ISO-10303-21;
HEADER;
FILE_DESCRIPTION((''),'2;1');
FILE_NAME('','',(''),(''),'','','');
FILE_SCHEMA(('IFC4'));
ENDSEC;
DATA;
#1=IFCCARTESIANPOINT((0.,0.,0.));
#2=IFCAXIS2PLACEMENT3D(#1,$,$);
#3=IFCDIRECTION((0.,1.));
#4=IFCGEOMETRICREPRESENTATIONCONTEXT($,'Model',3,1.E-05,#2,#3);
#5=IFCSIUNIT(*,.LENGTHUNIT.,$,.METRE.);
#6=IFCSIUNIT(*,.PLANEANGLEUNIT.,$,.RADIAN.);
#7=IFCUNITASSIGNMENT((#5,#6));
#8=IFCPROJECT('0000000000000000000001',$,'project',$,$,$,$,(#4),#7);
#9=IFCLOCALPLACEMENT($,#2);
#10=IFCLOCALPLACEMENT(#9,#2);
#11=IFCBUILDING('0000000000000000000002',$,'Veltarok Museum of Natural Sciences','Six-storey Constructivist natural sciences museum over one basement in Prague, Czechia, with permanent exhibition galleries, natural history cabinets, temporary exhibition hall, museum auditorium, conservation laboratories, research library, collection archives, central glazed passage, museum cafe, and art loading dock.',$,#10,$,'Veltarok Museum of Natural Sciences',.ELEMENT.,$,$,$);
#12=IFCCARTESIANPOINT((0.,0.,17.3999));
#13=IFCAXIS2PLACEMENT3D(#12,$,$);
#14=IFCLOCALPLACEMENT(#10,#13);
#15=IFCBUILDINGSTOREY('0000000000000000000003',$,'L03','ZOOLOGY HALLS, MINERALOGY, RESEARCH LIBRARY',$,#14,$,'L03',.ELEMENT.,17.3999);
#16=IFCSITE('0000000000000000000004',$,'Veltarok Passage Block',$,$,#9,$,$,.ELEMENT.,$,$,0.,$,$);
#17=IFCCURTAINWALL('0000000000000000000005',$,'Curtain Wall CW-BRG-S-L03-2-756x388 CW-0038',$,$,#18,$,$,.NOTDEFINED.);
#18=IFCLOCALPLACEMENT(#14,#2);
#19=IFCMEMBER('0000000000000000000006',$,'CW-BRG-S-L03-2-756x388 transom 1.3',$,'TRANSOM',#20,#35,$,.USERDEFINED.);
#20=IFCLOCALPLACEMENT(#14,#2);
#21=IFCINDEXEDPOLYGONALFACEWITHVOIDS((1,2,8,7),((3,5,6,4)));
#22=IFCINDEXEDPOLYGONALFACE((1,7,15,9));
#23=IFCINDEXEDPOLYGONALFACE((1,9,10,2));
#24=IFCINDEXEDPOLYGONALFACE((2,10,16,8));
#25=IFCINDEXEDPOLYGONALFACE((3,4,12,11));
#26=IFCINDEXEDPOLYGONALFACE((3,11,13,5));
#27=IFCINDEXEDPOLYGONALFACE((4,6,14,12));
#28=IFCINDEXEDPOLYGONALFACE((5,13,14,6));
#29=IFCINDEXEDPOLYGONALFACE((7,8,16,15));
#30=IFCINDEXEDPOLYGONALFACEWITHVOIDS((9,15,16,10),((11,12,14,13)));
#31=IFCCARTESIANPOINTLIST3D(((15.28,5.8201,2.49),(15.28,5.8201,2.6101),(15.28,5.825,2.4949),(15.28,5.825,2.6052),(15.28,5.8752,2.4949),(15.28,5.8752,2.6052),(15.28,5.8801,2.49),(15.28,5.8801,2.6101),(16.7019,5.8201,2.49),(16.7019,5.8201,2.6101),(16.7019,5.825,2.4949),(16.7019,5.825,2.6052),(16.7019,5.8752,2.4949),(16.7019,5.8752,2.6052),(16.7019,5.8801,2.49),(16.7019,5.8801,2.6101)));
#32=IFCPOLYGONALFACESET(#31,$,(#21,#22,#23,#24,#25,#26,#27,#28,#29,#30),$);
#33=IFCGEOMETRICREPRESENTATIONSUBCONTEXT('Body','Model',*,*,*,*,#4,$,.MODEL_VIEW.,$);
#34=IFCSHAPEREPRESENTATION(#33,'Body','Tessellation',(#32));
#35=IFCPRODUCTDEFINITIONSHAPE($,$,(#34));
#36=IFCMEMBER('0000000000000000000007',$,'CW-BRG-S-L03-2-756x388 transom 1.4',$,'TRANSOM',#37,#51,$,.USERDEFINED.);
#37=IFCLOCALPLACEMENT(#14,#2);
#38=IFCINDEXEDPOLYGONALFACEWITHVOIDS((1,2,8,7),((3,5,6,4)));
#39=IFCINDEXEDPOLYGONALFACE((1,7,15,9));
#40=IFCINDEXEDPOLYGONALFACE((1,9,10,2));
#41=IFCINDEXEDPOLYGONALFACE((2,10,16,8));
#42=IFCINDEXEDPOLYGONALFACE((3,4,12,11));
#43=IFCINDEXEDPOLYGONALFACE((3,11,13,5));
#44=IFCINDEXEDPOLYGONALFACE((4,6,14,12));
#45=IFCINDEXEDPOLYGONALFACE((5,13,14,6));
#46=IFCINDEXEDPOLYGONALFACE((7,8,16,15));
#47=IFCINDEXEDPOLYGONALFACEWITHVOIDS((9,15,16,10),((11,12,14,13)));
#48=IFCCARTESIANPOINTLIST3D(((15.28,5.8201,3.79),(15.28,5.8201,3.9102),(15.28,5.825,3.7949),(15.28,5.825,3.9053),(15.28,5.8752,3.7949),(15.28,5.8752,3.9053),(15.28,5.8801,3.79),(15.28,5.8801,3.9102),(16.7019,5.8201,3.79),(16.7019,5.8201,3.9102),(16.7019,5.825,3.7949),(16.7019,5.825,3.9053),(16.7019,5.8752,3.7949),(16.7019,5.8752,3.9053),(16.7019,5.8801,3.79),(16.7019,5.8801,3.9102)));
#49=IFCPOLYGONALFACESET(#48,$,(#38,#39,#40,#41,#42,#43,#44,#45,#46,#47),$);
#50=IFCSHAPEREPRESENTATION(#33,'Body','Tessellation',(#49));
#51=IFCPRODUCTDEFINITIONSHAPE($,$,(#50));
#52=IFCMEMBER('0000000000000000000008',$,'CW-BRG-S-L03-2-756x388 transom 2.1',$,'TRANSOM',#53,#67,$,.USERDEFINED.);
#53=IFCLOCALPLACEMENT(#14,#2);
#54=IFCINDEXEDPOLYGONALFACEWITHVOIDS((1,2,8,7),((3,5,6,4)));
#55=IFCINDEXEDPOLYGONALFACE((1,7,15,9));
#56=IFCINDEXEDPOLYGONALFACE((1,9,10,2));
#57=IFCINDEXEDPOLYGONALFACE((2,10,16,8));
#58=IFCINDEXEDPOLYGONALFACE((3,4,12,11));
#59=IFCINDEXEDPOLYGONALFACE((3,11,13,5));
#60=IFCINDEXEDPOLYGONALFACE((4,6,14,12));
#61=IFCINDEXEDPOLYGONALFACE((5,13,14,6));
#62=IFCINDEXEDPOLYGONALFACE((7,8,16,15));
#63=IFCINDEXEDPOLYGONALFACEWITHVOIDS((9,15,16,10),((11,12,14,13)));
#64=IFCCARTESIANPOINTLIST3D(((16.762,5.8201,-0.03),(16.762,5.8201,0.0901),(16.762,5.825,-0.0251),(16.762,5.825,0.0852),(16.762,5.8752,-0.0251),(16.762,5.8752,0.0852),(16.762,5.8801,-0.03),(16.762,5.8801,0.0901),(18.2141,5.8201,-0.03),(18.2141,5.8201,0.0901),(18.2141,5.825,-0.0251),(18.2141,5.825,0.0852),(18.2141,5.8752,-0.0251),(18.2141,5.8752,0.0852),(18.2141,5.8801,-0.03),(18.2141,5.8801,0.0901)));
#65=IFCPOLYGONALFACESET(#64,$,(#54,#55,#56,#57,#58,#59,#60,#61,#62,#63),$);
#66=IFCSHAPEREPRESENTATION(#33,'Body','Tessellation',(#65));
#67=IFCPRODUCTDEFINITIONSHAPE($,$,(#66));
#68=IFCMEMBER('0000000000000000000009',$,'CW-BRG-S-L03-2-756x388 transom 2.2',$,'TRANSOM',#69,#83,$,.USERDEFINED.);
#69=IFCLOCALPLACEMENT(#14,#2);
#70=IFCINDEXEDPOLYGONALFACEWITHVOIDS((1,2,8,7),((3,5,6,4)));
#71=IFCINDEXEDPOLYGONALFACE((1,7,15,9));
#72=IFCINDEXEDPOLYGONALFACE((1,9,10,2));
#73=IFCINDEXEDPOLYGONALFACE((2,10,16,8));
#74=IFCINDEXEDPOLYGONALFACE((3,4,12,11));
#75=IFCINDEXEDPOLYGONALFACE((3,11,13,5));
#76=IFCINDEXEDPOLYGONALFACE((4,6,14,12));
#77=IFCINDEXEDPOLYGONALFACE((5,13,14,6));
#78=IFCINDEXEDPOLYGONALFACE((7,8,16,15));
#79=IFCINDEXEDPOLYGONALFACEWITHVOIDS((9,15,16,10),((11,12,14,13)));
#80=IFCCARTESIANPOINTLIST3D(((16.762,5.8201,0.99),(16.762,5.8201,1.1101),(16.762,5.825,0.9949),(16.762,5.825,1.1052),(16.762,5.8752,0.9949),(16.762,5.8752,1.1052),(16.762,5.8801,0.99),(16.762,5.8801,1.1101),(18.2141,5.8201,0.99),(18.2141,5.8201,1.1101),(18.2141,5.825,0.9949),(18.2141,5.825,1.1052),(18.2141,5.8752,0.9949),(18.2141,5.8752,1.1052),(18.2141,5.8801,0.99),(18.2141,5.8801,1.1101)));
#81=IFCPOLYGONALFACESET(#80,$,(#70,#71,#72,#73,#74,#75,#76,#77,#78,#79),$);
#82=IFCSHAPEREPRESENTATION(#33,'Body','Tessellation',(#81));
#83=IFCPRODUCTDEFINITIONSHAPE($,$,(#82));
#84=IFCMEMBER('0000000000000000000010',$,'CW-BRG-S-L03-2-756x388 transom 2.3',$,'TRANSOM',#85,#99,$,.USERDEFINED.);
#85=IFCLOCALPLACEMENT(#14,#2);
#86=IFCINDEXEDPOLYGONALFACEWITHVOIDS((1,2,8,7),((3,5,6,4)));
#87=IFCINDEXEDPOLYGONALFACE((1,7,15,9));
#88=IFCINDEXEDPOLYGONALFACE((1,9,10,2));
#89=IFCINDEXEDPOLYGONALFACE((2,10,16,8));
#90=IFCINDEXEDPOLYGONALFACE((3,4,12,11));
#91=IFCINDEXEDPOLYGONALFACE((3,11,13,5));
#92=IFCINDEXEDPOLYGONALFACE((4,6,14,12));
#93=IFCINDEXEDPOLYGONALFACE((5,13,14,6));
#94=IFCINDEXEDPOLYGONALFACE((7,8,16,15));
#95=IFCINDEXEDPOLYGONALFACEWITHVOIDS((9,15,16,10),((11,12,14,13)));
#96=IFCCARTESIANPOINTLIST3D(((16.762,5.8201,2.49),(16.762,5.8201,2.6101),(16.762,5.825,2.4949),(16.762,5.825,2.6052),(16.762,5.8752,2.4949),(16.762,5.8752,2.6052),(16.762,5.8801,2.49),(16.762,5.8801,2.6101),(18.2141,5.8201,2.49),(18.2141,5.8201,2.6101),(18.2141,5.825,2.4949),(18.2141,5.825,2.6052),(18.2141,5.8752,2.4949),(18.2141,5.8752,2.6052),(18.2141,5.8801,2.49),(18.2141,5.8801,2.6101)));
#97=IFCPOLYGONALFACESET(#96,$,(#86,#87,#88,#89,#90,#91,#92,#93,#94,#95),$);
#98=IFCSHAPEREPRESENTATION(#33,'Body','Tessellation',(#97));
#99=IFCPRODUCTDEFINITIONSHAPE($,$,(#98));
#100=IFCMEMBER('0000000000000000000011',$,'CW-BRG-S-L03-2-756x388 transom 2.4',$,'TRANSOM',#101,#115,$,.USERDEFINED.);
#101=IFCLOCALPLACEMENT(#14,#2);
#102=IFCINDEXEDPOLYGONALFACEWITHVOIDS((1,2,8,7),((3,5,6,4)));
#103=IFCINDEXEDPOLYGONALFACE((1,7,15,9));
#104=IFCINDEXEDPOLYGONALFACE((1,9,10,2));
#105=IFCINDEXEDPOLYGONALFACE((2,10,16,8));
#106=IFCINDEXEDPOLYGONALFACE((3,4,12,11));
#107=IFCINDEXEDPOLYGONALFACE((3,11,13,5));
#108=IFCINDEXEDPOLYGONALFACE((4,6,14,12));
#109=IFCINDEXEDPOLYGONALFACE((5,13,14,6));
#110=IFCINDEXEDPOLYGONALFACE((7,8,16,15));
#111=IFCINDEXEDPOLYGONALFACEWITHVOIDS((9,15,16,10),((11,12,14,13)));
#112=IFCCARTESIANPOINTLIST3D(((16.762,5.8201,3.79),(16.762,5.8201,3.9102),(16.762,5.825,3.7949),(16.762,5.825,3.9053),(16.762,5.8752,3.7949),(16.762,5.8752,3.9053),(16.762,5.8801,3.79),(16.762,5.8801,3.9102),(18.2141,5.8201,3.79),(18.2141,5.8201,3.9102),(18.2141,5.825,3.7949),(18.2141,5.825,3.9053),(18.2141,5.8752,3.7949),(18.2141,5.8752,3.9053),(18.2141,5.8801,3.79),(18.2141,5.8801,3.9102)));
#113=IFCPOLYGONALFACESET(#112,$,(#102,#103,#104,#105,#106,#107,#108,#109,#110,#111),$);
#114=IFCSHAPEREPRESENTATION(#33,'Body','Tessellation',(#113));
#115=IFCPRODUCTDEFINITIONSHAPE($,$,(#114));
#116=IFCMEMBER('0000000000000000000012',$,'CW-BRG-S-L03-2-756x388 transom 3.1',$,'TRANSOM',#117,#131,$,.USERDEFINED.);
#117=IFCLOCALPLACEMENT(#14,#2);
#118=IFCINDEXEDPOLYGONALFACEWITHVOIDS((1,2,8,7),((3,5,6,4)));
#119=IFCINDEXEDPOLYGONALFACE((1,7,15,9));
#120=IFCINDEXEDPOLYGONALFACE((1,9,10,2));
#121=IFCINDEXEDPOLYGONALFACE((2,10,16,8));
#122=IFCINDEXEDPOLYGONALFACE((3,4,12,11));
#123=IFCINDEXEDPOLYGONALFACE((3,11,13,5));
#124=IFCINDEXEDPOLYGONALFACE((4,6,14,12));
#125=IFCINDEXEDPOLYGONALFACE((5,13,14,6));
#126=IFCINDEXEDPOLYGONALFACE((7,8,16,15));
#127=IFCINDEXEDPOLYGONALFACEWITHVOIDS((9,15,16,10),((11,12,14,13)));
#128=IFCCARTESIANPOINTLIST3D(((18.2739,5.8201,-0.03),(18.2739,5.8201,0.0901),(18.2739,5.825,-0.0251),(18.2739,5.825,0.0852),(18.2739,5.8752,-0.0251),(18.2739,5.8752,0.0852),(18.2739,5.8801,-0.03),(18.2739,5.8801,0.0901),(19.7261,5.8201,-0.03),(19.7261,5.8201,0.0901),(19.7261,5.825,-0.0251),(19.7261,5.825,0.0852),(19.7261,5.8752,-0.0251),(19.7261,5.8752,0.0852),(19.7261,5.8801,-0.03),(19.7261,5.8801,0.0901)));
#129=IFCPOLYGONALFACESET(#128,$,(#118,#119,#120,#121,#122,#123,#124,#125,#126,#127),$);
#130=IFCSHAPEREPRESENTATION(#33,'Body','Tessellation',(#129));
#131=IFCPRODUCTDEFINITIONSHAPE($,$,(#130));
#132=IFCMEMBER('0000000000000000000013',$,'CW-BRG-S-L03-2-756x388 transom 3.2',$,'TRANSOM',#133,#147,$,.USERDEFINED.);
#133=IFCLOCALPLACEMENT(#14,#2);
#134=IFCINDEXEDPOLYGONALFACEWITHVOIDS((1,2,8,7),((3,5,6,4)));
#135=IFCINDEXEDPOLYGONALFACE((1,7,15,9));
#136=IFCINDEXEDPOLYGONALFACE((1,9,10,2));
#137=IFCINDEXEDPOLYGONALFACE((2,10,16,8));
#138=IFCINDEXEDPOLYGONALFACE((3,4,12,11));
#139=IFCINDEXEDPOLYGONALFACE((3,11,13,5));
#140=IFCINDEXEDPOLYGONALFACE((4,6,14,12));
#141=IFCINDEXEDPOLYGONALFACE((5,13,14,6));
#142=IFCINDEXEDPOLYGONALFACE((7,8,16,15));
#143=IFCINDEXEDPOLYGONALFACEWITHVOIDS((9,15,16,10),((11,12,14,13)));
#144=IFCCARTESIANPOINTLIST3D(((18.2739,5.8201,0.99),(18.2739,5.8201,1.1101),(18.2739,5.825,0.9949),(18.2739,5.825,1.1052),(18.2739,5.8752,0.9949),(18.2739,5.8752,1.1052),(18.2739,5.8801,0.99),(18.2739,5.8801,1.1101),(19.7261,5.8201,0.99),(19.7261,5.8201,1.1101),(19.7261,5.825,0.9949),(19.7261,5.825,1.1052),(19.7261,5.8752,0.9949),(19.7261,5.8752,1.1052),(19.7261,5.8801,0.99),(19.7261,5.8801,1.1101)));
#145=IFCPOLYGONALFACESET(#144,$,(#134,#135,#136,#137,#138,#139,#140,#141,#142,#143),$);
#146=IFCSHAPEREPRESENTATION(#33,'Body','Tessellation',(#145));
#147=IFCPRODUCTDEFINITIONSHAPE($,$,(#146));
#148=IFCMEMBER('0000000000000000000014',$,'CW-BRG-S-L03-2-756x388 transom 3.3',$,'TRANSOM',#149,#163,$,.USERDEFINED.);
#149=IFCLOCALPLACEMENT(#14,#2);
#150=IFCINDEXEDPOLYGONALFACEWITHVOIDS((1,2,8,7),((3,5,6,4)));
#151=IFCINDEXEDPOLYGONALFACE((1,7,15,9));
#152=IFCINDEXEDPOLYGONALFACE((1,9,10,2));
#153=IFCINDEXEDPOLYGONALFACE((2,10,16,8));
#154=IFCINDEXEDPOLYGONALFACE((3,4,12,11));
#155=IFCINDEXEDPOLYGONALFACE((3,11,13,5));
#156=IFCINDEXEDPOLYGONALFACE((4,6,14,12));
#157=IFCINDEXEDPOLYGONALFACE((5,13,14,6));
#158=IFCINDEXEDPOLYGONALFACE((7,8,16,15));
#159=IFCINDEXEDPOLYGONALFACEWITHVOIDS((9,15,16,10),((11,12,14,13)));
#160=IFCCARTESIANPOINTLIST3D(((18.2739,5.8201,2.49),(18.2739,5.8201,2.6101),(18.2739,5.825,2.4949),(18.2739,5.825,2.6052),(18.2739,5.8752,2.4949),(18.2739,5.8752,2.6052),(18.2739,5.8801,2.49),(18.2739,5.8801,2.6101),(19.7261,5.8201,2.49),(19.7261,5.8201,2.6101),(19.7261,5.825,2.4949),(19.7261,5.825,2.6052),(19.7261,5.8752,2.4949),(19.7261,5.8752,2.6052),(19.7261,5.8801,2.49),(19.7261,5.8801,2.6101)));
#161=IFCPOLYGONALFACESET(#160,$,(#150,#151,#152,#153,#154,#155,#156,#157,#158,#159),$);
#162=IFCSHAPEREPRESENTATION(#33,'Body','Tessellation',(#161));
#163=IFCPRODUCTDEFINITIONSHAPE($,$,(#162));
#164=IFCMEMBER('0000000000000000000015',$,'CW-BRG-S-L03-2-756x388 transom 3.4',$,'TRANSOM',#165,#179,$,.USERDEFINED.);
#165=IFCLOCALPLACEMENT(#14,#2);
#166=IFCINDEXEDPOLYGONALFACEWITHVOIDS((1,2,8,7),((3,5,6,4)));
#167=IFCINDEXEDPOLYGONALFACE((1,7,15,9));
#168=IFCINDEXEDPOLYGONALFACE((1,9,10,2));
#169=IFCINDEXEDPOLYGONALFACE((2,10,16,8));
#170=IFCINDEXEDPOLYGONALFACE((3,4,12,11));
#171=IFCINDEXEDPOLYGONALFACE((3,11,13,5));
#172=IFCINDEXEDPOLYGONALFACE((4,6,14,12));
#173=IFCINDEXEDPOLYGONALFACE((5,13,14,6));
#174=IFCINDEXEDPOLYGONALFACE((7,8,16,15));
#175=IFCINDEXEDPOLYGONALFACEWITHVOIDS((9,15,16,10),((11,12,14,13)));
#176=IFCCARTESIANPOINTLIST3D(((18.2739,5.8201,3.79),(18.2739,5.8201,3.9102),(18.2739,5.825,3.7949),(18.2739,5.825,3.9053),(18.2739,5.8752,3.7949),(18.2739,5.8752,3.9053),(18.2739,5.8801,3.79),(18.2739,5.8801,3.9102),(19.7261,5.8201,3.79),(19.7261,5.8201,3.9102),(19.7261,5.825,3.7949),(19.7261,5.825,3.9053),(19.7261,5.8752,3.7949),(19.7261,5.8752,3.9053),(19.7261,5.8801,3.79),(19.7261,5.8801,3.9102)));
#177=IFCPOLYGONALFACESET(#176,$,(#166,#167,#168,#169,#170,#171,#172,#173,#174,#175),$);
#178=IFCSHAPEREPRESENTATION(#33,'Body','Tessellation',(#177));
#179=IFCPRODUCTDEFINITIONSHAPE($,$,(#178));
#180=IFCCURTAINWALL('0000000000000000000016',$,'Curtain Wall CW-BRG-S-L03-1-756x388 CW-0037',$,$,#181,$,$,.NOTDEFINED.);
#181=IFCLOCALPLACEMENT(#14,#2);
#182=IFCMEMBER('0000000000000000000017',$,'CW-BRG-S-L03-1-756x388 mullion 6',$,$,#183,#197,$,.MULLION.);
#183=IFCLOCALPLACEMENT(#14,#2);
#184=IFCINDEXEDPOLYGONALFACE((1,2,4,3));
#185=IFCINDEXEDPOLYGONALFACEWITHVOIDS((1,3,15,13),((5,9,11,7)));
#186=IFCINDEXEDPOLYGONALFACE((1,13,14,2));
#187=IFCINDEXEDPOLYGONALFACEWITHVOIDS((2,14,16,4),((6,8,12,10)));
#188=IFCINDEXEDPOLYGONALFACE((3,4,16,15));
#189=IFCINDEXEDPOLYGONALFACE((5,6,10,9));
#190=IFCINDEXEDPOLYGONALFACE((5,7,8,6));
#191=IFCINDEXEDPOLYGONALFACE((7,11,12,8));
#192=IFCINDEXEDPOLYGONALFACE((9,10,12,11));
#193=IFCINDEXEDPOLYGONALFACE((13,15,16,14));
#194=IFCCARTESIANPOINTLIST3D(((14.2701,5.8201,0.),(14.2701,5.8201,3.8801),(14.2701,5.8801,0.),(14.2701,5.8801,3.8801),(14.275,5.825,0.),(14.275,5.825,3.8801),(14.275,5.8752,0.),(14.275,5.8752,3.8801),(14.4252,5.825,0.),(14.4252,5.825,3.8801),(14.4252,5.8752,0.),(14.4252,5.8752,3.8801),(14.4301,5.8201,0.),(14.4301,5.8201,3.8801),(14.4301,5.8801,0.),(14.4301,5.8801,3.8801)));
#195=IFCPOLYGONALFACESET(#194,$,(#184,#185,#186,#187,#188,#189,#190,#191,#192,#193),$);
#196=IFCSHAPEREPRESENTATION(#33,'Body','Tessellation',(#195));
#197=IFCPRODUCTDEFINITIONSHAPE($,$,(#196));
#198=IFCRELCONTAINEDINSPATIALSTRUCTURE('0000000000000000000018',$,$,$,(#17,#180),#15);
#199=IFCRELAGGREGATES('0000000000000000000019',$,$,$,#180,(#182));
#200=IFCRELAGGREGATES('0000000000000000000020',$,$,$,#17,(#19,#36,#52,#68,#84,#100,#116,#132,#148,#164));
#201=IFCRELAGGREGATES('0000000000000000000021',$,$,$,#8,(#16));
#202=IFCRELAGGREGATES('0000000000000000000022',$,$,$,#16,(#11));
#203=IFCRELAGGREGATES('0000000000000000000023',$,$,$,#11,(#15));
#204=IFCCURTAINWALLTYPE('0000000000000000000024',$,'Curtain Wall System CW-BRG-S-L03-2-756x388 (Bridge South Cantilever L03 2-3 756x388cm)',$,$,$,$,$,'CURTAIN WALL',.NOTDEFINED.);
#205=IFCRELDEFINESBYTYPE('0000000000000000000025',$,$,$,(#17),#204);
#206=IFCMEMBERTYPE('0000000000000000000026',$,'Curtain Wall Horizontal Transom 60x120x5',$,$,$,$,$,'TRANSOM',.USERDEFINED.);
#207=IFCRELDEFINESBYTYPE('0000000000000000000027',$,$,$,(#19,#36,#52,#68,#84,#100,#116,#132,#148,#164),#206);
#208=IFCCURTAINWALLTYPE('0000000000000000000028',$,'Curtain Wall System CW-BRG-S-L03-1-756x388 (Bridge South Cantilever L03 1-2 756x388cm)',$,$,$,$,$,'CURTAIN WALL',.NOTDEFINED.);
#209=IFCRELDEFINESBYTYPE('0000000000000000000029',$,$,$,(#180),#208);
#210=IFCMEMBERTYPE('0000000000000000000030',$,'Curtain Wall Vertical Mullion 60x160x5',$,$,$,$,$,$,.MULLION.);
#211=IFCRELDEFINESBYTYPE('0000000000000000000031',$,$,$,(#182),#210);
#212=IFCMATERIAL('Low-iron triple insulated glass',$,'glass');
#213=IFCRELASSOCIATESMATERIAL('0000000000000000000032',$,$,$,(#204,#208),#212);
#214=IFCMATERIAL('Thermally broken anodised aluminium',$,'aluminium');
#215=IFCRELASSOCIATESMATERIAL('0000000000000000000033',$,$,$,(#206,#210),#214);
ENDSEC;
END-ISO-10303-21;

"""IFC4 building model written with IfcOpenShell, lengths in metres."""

from ifc_helpers import new_model, si_unit, direction, frame, origin, origin_2d, place, context, subcontext, project, spatial, hollow_rectangle, extrude, material, material_profile, profile_set, type_object, element, aggregate, save


model = new_model("IFC4")

# Units and contexts
model_context = context("Model", 3, precision=1e-05, world=origin(), true_north=direction((0.0, 1.0)))
body_context = subcontext(model_context, "Body", "Model", "MODEL_VIEW")
ifc_project = project(units=[si_unit("LENGTHUNIT", "METRE"), si_unit("PLANEANGLEUNIT", "RADIAN")], contexts=[model_context])

# Site, building, storey
site_placement = place(None, origin())
site = spatial("IfcSite", under=ifc_project, at=site_placement, Name="Veltarok Passage Block", CompositionType="ELEMENT", RefElevation=0.0)
building_placement = place(site_placement, origin())
building = spatial("IfcBuilding", under=site, at=building_placement, Name="Veltarok Museum of Natural Sciences", Description="Six-storey Constructivist natural sciences museum over one basement in Prague, Czechia, with permanent exhibition galleries, natural history cabinets, temporary exhibition hall, museum auditorium, conservation laboratories, research library, collection archives, central glazed passage, museum cafe, and art loading dock.", LongName="Veltarok Museum of Natural Sciences", CompositionType="ELEMENT")
storey_placement = place(building_placement, frame((0.0, 0.0, 17.3999)))
storey = spatial("IfcBuildingStorey", under=building, at=storey_placement, Name="L03", Description="ZOOLOGY HALLS, MINERALOGY, RESEARCH LIBRARY", LongName="L03", CompositionType="ELEMENT", Elevation=17.3999)

# Curtain wall, members
ifc_material_1 = material(Name="Low-iron triple insulated glass", Category="glass")
curtain_wall_type_1 = type_object("IfcCurtainWallType", Name="Curtain Wall System CW-BRG-S-L03-2-756x388 (Bridge South Cantilever L03 2-3 756x388cm)", ElementType="CURTAIN WALL", PredefinedType="NOTDEFINED", material=ifc_material_1)
curtain_wall_1_placement = place(storey_placement, origin())
curtain_wall_1 = element("IfcCurtainWall", 1, at=curtain_wall_1_placement, inside=storey, type_object=curtain_wall_type_1, Name="Curtain Wall CW-BRG-S-L03-2-756x388 CW-0038", PredefinedType="NOTDEFINED")
ifc_material_2 = material(Name="Thermally broken anodised aluminium", Category="aluminium")
ifc_material_profile_1 = material_profile(ifc_material_2, hollow_rectangle(XDim=0.0601, YDim=0.1201, WallThickness=0.0049, at=origin_2d()), Name="CW TRANSOM 60x120x5")
ifc_profile_set_1 = profile_set([ifc_material_profile_1], Name="Thermally broken anodised aluminium")
member_type_1 = type_object("IfcMemberType", Name="Curtain Wall Horizontal Transom 60x120x5", ElementType="TRANSOM", PredefinedType="USERDEFINED", material=ifc_profile_set_1)
member_1_placement = place(storey_placement, frame((15.28, 5.8501, 2.55), z_axis=(1.0, 0.0, 0.0), x_axis=(0.0, 1.0, 0.0)))
member_1 = element("IfcMember", 2, at=member_1_placement, type_object=member_type_1, Name="CW-BRG-S-L03-2-756x388 transom 1.3", ObjectType="TRANSOM", PredefinedType="USERDEFINED", context=body_context, shape_type="SweptSolid", body=[
    extrude(hollow_rectangle(XDim=0.0601, YDim=0.1201, WallThickness=0.0049, at=origin_2d()), origin(), (0.0, 0.0, 1.0), 1.4219),
])
member_2_placement = place(storey_placement, frame((15.28, 5.8501, 3.8501), z_axis=(1.0, 0.0, 0.0), x_axis=(0.0, 1.0, 0.0)))
member_2 = element("IfcMember", 3, at=member_2_placement, type_object=member_type_1, Name="CW-BRG-S-L03-2-756x388 transom 1.4", ObjectType="TRANSOM", PredefinedType="USERDEFINED", context=body_context, shape_type="SweptSolid", body=[
    extrude(hollow_rectangle(XDim=0.0601, YDim=0.1201, WallThickness=0.0049, at=origin_2d()), origin(), (0.0, 0.0, 1.0), 1.4219),
])
member_3_placement = place(storey_placement, frame((16.762, 5.8501, 0.03), z_axis=(1.0, 0.0, 0.0), x_axis=(0.0, 1.0, 0.0)))
member_3 = element("IfcMember", 4, at=member_3_placement, type_object=member_type_1, Name="CW-BRG-S-L03-2-756x388 transom 2.1", ObjectType="TRANSOM", PredefinedType="USERDEFINED", context=body_context, shape_type="SweptSolid", body=[
    extrude(hollow_rectangle(XDim=0.0601, YDim=0.1201, WallThickness=0.0049, at=origin_2d()), origin(), (0.0, 0.0, 1.0), 1.4521),
])
member_4_placement = place(storey_placement, frame((16.762, 5.8501, 1.05), z_axis=(1.0, 0.0, 0.0), x_axis=(0.0, 1.0, 0.0)))
member_4 = element("IfcMember", 5, at=member_4_placement, type_object=member_type_1, Name="CW-BRG-S-L03-2-756x388 transom 2.2", ObjectType="TRANSOM", PredefinedType="USERDEFINED", context=body_context, shape_type="SweptSolid", body=[
    extrude(hollow_rectangle(XDim=0.0601, YDim=0.1201, WallThickness=0.0049, at=origin_2d()), origin(), (0.0, 0.0, 1.0), 1.4521),
])
member_5_placement = place(storey_placement, frame((16.762, 5.8501, 2.55), z_axis=(1.0, 0.0, 0.0), x_axis=(0.0, 1.0, 0.0)))
member_5 = element("IfcMember", 6, at=member_5_placement, type_object=member_type_1, Name="CW-BRG-S-L03-2-756x388 transom 2.3", ObjectType="TRANSOM", PredefinedType="USERDEFINED", context=body_context, shape_type="SweptSolid", body=[
    extrude(hollow_rectangle(XDim=0.0601, YDim=0.1201, WallThickness=0.0049, at=origin_2d()), origin(), (0.0, 0.0, 1.0), 1.4521),
])
member_6_placement = place(storey_placement, frame((16.762, 5.8501, 3.8501), z_axis=(1.0, 0.0, 0.0), x_axis=(0.0, 1.0, 0.0)))
member_6 = element("IfcMember", 7, at=member_6_placement, type_object=member_type_1, Name="CW-BRG-S-L03-2-756x388 transom 2.4", ObjectType="TRANSOM", PredefinedType="USERDEFINED", context=body_context, shape_type="SweptSolid", body=[
    extrude(hollow_rectangle(XDim=0.0601, YDim=0.1201, WallThickness=0.0049, at=origin_2d()), origin(), (0.0, 0.0, 1.0), 1.4521),
])
member_7_placement = place(storey_placement, frame((18.2739, 5.8501, 0.03), z_axis=(1.0, 0.0, 0.0), x_axis=(0.0, 1.0, 0.0)))
member_7 = element("IfcMember", 8, at=member_7_placement, type_object=member_type_1, Name="CW-BRG-S-L03-2-756x388 transom 3.1", ObjectType="TRANSOM", PredefinedType="USERDEFINED", context=body_context, shape_type="SweptSolid", body=[
    extrude(hollow_rectangle(XDim=0.0601, YDim=0.1201, WallThickness=0.0049, at=origin_2d()), origin(), (0.0, 0.0, 1.0), 1.4521),
])
member_8_placement = place(storey_placement, frame((18.2739, 5.8501, 1.05), z_axis=(1.0, 0.0, 0.0), x_axis=(0.0, 1.0, 0.0)))
member_8 = element("IfcMember", 9, at=member_8_placement, type_object=member_type_1, Name="CW-BRG-S-L03-2-756x388 transom 3.2", ObjectType="TRANSOM", PredefinedType="USERDEFINED", context=body_context, shape_type="SweptSolid", body=[
    extrude(hollow_rectangle(XDim=0.0601, YDim=0.1201, WallThickness=0.0049, at=origin_2d()), origin(), (0.0, 0.0, 1.0), 1.4521),
])
member_9_placement = place(storey_placement, frame((18.2739, 5.8501, 2.55), z_axis=(1.0, 0.0, 0.0), x_axis=(0.0, 1.0, 0.0)))
member_9 = element("IfcMember", 10, at=member_9_placement, type_object=member_type_1, Name="CW-BRG-S-L03-2-756x388 transom 3.3", ObjectType="TRANSOM", PredefinedType="USERDEFINED", context=body_context, shape_type="SweptSolid", body=[
    extrude(hollow_rectangle(XDim=0.0601, YDim=0.1201, WallThickness=0.0049, at=origin_2d()), origin(), (0.0, 0.0, 1.0), 1.4521),
])
member_10_placement = place(storey_placement, frame((18.2739, 5.8501, 3.8501), z_axis=(1.0, 0.0, 0.0), x_axis=(0.0, 1.0, 0.0)))
member_10 = element("IfcMember", 11, at=member_10_placement, type_object=member_type_1, Name="CW-BRG-S-L03-2-756x388 transom 3.4", ObjectType="TRANSOM", PredefinedType="USERDEFINED", context=body_context, shape_type="SweptSolid", body=[
    extrude(hollow_rectangle(XDim=0.0601, YDim=0.1201, WallThickness=0.0049, at=origin_2d()), origin(), (0.0, 0.0, 1.0), 1.4521),
])

# Curtain wall, member
curtain_wall_type_2 = type_object("IfcCurtainWallType", Name="Curtain Wall System CW-BRG-S-L03-1-756x388 (Bridge South Cantilever L03 1-2 756x388cm)", ElementType="CURTAIN WALL", PredefinedType="NOTDEFINED", material=ifc_material_1)
curtain_wall_2_placement = place(storey_placement, origin())
curtain_wall_2 = element("IfcCurtainWall", 12, at=curtain_wall_2_placement, inside=storey, type_object=curtain_wall_type_2, Name="Curtain Wall CW-BRG-S-L03-1-756x388 CW-0037", PredefinedType="NOTDEFINED")
ifc_material_profile_2 = material_profile(ifc_material_2, hollow_rectangle(XDim=0.0601, YDim=0.1599, WallThickness=0.0049, at=origin_2d()), Name="CW MULLION 60x160x5")
ifc_profile_set_2 = profile_set([ifc_material_profile_2], Name="Thermally broken anodised aluminium")
member_type_2 = type_object("IfcMemberType", Name="Curtain Wall Vertical Mullion 60x160x5", PredefinedType="MULLION", material=ifc_profile_set_2)
member_11_placement = place(storey_placement, frame((14.3501, 5.8501, 0.0), z_axis=(0.0, 0.0, 1.0), x_axis=(0.0, 1.0, 0.0)))
member_11 = element("IfcMember", 13, at=member_11_placement, type_object=member_type_2, Name="CW-BRG-S-L03-1-756x388 mullion 6", PredefinedType="MULLION", context=body_context, shape_type="SweptSolid", body=[
    extrude(hollow_rectangle(XDim=0.0601, YDim=0.1599, WallThickness=0.0049, at=origin_2d()), origin(), (0.0, 0.0, 1.0), 3.8801),
])
aggregate(curtain_wall_2, [member_11])

aggregate(curtain_wall_1, [member_1, member_2, member_3, member_4, member_5, member_6, member_7, member_8, member_9, member_10])

save(model, "model.ifc")
